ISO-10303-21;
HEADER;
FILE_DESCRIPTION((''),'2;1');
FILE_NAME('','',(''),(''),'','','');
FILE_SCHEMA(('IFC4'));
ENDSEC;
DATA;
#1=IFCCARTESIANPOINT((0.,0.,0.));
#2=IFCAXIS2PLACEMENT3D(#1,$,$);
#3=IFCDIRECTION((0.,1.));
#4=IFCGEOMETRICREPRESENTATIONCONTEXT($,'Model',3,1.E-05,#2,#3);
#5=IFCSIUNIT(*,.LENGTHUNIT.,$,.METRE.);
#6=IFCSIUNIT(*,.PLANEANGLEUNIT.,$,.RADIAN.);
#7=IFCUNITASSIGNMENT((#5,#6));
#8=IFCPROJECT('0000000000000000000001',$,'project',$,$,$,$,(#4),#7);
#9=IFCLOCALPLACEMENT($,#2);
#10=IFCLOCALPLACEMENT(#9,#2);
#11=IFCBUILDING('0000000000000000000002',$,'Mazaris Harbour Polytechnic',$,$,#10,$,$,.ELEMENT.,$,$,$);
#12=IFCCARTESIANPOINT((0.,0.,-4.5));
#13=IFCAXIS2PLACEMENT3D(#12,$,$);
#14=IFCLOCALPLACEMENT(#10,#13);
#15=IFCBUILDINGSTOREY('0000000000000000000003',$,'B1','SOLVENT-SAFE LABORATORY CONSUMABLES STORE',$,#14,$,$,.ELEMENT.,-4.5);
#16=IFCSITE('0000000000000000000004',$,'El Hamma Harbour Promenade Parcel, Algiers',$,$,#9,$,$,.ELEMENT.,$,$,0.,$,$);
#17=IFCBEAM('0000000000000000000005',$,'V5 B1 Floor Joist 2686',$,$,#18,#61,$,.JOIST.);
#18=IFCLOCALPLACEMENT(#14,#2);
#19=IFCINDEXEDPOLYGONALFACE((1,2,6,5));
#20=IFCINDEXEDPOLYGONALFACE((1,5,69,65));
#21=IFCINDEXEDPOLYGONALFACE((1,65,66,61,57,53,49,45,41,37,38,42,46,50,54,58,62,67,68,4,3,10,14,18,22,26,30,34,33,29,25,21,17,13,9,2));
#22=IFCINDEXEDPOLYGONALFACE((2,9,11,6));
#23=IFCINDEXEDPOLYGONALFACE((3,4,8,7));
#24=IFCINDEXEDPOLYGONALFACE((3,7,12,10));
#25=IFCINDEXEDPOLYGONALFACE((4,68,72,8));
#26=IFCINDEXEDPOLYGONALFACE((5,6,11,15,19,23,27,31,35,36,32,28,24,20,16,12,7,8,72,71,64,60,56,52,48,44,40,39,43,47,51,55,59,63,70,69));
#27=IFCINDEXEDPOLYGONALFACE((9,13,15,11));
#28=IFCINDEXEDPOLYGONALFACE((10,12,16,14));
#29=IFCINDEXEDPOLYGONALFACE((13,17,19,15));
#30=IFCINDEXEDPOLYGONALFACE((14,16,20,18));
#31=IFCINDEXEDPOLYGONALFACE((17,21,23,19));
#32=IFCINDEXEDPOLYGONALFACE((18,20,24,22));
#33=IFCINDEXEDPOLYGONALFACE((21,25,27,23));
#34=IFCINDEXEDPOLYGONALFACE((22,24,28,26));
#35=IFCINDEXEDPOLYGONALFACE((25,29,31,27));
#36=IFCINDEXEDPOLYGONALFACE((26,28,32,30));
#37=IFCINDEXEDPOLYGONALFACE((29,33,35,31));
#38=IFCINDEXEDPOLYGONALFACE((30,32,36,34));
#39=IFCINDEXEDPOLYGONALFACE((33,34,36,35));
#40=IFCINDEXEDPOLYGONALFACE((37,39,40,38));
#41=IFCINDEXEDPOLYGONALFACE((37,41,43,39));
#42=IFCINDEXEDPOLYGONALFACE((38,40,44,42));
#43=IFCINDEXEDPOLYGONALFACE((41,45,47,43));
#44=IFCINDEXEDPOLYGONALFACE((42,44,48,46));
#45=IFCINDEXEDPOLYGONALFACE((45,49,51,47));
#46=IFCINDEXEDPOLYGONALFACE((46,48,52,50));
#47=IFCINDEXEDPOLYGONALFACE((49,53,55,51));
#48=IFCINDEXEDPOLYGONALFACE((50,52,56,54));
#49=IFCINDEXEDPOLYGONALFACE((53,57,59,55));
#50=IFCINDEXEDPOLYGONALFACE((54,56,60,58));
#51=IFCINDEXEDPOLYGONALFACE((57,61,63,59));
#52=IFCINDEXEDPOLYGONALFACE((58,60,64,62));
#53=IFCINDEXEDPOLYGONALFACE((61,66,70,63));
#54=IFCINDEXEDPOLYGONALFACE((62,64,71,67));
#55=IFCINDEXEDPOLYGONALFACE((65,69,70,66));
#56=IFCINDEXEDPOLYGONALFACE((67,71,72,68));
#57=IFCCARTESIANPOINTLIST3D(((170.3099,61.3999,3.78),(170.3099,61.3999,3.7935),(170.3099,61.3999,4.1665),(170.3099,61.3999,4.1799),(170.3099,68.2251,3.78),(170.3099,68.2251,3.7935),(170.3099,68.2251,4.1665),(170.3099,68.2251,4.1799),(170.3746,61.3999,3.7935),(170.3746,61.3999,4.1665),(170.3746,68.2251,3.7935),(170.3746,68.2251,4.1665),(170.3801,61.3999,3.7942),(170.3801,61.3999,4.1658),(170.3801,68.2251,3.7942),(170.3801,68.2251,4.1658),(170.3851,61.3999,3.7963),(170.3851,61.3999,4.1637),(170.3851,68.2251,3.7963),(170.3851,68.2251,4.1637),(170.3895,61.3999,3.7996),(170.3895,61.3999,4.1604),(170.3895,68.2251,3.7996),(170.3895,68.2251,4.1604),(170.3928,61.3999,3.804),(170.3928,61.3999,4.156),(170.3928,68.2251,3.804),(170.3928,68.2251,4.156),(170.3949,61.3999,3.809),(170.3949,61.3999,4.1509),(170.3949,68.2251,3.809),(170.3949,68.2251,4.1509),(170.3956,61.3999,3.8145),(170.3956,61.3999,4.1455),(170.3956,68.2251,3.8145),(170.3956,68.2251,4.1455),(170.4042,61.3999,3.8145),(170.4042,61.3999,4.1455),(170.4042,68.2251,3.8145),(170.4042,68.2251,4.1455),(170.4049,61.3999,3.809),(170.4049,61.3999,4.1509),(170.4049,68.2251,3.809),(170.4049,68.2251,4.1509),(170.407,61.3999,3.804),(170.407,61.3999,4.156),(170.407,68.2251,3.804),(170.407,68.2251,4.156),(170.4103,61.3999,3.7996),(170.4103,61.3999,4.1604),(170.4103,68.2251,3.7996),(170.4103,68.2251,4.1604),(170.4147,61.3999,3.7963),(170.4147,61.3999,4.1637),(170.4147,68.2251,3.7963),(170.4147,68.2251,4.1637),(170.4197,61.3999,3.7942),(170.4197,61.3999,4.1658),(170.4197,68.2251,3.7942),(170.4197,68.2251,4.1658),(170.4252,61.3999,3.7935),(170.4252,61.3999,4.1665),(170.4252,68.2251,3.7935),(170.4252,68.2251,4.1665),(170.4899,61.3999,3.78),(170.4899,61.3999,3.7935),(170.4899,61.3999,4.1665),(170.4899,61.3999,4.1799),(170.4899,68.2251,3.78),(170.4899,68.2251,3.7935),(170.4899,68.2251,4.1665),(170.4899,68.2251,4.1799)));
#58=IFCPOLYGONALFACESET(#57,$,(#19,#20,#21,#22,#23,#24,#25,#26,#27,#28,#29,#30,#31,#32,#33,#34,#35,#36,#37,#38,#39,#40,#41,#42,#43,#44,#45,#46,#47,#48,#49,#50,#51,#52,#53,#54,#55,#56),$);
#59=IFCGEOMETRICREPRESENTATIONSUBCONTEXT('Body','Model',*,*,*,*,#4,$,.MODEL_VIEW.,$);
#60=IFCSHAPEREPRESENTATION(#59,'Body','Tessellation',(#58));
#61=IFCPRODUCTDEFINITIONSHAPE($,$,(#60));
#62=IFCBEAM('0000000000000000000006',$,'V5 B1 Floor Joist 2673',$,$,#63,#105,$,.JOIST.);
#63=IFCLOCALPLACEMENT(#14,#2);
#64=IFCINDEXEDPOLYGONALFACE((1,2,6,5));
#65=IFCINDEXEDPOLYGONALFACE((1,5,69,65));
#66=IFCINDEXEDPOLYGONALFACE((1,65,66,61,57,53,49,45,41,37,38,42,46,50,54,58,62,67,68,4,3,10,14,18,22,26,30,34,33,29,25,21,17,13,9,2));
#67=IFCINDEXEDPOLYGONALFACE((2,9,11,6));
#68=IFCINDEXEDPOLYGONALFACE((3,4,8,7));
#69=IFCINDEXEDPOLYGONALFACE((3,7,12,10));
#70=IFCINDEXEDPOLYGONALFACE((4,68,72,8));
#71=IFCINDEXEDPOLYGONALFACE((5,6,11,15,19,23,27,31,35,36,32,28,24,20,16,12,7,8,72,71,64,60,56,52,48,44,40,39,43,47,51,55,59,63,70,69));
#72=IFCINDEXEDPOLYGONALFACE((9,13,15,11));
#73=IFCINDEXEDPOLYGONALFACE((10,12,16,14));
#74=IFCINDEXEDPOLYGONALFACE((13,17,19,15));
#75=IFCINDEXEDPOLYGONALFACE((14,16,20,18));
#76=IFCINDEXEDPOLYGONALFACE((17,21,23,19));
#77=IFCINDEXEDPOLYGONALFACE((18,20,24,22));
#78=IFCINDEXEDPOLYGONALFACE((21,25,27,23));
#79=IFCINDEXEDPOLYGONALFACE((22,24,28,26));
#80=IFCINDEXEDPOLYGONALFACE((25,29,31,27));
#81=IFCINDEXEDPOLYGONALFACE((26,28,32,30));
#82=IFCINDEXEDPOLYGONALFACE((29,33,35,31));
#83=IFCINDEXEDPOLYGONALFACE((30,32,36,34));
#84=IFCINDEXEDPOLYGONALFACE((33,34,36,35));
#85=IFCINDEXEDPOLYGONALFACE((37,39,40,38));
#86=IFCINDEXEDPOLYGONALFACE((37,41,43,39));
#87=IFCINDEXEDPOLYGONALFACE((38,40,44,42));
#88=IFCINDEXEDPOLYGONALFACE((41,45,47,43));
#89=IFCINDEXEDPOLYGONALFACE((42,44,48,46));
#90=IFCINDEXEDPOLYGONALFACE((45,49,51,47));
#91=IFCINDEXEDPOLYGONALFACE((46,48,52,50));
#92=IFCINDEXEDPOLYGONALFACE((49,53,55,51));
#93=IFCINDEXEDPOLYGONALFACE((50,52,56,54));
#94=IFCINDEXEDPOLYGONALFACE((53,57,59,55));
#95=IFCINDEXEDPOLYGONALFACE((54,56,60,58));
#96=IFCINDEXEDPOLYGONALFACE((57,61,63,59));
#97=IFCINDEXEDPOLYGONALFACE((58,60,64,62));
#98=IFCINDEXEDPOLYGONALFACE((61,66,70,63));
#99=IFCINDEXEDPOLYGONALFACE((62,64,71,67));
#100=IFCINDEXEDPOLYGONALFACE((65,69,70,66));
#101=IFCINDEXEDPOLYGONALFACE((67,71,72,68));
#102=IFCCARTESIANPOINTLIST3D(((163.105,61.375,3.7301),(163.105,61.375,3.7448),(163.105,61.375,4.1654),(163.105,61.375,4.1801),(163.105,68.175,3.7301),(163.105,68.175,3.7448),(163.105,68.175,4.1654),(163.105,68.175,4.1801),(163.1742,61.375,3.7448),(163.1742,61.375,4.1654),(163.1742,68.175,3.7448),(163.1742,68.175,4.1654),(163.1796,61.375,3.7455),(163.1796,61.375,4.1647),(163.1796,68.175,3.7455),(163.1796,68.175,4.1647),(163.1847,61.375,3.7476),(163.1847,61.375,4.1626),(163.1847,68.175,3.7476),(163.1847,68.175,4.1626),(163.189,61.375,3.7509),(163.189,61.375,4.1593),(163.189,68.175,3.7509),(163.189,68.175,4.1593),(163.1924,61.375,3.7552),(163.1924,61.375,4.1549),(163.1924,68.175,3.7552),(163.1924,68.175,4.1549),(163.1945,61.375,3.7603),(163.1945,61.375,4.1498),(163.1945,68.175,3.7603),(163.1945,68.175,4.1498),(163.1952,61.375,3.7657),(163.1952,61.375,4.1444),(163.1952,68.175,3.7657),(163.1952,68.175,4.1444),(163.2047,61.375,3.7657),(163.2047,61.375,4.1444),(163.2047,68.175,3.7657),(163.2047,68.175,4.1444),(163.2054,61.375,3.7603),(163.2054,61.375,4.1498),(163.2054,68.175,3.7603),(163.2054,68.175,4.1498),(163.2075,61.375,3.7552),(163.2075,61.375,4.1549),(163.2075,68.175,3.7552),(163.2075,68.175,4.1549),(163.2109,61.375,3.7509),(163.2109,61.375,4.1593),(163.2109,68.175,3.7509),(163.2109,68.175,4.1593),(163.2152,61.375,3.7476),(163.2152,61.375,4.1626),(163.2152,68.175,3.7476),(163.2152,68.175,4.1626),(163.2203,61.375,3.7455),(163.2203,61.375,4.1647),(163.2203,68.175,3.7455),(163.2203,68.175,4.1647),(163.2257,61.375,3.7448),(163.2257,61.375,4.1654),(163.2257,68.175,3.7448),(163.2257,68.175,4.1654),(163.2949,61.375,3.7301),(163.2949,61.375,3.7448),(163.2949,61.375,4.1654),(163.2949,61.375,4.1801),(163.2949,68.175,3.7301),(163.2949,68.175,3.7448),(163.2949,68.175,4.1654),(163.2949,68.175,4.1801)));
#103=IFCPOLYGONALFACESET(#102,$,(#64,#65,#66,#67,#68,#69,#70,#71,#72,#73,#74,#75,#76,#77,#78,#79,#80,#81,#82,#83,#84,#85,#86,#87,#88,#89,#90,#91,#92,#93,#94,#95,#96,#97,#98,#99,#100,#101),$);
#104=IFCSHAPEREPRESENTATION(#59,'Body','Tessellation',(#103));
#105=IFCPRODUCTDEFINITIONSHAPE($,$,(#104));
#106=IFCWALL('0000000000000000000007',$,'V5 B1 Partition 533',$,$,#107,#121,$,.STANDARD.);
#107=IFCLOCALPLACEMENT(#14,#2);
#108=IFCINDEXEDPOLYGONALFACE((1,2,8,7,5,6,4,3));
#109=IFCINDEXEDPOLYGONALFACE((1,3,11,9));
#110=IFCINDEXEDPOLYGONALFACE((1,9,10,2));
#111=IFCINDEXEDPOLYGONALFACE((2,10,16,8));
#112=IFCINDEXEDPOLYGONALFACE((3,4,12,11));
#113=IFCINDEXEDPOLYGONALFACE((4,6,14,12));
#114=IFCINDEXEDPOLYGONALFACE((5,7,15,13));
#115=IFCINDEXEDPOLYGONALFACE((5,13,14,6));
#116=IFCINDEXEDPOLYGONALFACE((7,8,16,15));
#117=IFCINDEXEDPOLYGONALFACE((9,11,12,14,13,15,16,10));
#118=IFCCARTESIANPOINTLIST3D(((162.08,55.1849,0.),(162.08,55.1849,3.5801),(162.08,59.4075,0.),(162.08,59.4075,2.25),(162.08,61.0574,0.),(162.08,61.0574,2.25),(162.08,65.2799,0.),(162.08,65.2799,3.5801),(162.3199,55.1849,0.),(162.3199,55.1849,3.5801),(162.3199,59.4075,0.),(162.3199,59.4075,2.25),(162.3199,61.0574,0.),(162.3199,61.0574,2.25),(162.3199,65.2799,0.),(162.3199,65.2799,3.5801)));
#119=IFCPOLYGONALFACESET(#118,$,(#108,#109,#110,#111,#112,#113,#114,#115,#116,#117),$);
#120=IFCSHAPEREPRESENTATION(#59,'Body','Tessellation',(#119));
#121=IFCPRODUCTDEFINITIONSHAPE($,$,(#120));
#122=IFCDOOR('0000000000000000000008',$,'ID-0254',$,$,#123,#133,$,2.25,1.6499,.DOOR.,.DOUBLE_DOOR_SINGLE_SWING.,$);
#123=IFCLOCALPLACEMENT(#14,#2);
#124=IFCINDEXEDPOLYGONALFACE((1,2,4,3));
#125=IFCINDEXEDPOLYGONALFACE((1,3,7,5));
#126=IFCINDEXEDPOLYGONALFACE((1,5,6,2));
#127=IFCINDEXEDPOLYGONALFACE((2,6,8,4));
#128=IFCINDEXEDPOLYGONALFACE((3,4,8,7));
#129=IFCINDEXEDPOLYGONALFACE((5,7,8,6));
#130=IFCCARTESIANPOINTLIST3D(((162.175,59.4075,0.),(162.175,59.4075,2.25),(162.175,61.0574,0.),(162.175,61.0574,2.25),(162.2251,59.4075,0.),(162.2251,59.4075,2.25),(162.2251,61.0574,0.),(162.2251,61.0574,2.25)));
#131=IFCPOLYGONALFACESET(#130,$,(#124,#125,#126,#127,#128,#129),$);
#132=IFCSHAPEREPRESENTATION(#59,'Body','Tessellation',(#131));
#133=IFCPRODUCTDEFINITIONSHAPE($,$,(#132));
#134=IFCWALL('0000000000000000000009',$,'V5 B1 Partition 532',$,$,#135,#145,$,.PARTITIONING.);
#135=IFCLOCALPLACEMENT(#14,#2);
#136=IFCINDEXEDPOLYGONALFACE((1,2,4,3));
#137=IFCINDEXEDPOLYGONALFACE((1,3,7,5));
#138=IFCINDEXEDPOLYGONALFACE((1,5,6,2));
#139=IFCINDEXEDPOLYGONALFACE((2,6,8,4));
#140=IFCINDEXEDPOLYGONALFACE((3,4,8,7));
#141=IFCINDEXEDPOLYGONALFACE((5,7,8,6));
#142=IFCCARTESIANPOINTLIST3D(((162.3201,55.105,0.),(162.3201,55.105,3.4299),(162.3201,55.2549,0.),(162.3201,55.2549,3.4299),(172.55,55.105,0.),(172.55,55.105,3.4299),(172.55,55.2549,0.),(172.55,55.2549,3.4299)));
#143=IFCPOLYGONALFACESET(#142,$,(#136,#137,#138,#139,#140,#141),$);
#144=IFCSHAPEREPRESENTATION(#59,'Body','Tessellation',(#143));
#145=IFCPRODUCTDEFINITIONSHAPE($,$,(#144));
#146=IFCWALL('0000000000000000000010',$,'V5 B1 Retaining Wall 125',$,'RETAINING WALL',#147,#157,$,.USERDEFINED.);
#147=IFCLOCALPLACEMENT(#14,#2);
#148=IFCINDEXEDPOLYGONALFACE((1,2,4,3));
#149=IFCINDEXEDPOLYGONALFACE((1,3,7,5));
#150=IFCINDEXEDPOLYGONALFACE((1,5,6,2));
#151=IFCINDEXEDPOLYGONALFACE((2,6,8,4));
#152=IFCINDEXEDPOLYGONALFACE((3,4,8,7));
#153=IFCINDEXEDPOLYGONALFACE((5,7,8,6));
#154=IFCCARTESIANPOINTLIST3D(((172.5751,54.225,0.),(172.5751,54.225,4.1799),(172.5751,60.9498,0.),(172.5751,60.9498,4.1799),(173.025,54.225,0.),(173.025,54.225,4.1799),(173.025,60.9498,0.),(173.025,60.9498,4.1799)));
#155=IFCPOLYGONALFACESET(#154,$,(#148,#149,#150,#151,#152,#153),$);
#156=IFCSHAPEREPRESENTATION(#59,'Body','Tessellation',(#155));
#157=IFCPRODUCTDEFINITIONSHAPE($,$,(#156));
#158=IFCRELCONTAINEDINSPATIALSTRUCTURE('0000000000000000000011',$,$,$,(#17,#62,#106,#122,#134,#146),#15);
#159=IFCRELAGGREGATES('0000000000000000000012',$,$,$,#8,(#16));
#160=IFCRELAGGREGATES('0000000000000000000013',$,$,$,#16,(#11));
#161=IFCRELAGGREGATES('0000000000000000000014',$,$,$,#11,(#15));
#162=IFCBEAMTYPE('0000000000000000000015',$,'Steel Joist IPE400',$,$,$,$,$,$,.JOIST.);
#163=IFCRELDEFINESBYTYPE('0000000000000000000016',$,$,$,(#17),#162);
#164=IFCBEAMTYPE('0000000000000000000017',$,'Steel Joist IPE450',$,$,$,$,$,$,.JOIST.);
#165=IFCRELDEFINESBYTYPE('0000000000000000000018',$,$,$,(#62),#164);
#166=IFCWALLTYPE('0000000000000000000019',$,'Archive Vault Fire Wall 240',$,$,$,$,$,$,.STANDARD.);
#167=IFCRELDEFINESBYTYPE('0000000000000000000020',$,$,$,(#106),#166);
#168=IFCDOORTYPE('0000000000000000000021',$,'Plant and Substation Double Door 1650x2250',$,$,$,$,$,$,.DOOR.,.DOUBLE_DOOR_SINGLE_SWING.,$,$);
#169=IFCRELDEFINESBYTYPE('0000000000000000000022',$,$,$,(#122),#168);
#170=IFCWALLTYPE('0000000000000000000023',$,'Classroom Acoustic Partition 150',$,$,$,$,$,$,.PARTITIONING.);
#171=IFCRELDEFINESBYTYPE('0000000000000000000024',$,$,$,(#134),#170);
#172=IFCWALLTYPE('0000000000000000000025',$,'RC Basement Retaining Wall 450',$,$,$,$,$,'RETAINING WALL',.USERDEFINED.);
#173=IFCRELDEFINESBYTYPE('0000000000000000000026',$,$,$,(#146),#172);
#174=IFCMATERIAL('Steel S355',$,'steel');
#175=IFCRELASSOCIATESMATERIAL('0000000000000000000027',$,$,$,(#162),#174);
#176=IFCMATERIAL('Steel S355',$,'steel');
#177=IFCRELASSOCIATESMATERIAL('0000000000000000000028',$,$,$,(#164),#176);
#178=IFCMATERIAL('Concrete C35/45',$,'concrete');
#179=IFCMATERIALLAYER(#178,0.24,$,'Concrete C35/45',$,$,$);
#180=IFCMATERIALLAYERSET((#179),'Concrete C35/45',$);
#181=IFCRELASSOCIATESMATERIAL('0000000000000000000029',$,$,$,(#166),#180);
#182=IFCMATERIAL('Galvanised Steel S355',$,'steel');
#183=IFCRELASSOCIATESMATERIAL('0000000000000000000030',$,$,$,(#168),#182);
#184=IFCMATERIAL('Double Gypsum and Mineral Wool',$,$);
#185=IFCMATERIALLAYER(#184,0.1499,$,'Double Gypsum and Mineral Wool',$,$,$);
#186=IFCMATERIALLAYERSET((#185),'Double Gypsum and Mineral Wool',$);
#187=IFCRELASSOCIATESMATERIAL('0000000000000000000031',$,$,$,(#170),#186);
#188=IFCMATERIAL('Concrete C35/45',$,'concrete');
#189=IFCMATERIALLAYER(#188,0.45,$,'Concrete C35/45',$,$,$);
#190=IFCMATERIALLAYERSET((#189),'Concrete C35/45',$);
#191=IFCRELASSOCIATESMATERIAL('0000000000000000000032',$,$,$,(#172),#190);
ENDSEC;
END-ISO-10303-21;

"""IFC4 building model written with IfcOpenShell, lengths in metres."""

from ifc_helpers import new_model, si_unit, direction, frame, frame_2d, origin, origin_2d, place, context, subcontext, project, spatial, rectangle, i_section, extrude, material, layer, layer_set, material_profile, profile_set, type_object, element, fill, save


model = new_model("IFC4")

# Units and contexts
model_context = context("Model", 3, precision=1e-05, world=origin(), true_north=direction((0.0, 1.0)))
body_context = subcontext(model_context, "Body", "Model", "MODEL_VIEW")
ifc_project = project(units=[si_unit("LENGTHUNIT", "METRE"), si_unit("PLANEANGLEUNIT", "RADIAN")], contexts=[model_context])

# Site, building, storey
site_placement = place(None, origin())
site = spatial("IfcSite", under=ifc_project, at=site_placement, Name="El Hamma Harbour Promenade Parcel, Algiers", CompositionType="ELEMENT", RefElevation=0.0)
building_placement = place(site_placement, origin())
building = spatial("IfcBuilding", under=site, at=building_placement, Name="Mazaris Harbour Polytechnic", CompositionType="ELEMENT")
storey_placement = place(building_placement, frame((0.0, 0.0, -4.5)))
storey = spatial("IfcBuildingStorey", under=building, at=storey_placement, Name="B1", Description="SOLVENT-SAFE LABORATORY CONSUMABLES STORE", CompositionType="ELEMENT", Elevation=-4.5)

# Beams
ifc_material_1 = material(Name="Steel S355", Category="steel")
ifc_material_profile_1 = material_profile(ifc_material_1, i_section(OverallWidth=0.1799, OverallDepth=0.3999, WebThickness=0.0085, FlangeThickness=0.0134, FilletRadius=0.021, at=origin_2d()), Name="IPE 400")
ifc_profile_set_1 = profile_set([ifc_material_profile_1], Name="Steel S355")
beam_type_1 = type_object("IfcBeamType", Name="Steel Joist IPE400", PredefinedType="JOIST", material=ifc_profile_set_1)
beam_1_placement = place(storey_placement, frame((170.3999, 61.3999, 3.98), z_axis=(0.0, 1.0, 0.0), x_axis=(-1.0, 0.0, 0.0)))
element("IfcBeam", 1, at=beam_1_placement, inside=storey, type_object=beam_type_1, Name="V5 B1 Floor Joist 2686", PredefinedType="JOIST", context=body_context, shape_type="SweptSolid", body=[
    extrude(i_section(OverallWidth=0.1799, OverallDepth=0.3999, WebThickness=0.0085, FlangeThickness=0.0134, FilletRadius=0.021, at=origin_2d()), origin(), (0.0, 0.0, 1.0), 6.8252),
])
ifc_material_2 = material(Name="Steel S355", Category="steel")
ifc_material_profile_2 = material_profile(ifc_material_2, i_section(OverallWidth=0.1899, OverallDepth=0.45, WebThickness=0.0095, FlangeThickness=0.0146, FilletRadius=0.021, at=origin_2d()), Name="IPE 450")
ifc_profile_set_2 = profile_set([ifc_material_profile_2], Name="Steel S355")
beam_type_2 = type_object("IfcBeamType", Name="Steel Joist IPE450", PredefinedType="JOIST", material=ifc_profile_set_2)
beam_2_placement = place(storey_placement, frame((163.2, 61.375, 3.9551), z_axis=(0.0, 1.0, 0.0), x_axis=(-1.0, 0.0, 0.0)))
element("IfcBeam", 2, at=beam_2_placement, inside=storey, type_object=beam_type_2, Name="V5 B1 Floor Joist 2673", PredefinedType="JOIST", context=body_context, shape_type="SweptSolid", body=[
    extrude(i_section(OverallWidth=0.1899, OverallDepth=0.45, WebThickness=0.0095, FlangeThickness=0.0146, FilletRadius=0.021, at=origin_2d()), origin(), (0.0, 0.0, 1.0), 6.8),
])

# Wall, opening, door
ifc_material_3 = material(Name="Concrete C35/45", Category="concrete")
ifc_layer_1 = layer(ifc_material_3, 0.24, Name="Concrete C35/45")
ifc_layer_set_1 = layer_set([ifc_layer_1], Name="Concrete C35/45")
wall_type_1 = type_object("IfcWallType", Name="Archive Vault Fire Wall 240", PredefinedType="STANDARD", material=ifc_layer_set_1)
wall_1_placement = place(storey_placement, frame((162.2, 55.1851, 0.0), z_axis=(0.0, 0.0, 1.0), x_axis=(0.0, 1.0, 0.0)))
wall_1 = element("IfcWall", 3, at=wall_1_placement, inside=storey, type_object=wall_type_1, Name="V5 B1 Partition 533", PredefinedType="STANDARD", context=body_context, shape_type="SweptSolid", body=[
    extrude(rectangle(XDim=10.095, YDim=0.24, at=frame_2d((5.0474, 0.0))), origin(), (0.0, 0.0, 1.0), 3.5801),
])
opening_placement = place(wall_1_placement, frame((4.2224, 0.0, 0.0)))
opening = element("IfcOpeningElement", 4, at=opening_placement, cuts=wall_1, PredefinedType="OPENING", context=body_context, shape_type="SweptSolid", body=[
    extrude(rectangle(XDim=1.6499, YDim=2.25, at=frame_2d((0.825, 1.125))), frame((0.0, 0.1299, 0.0), z_axis=(0.0, -1.0, 0.0), x_axis=(1.0, 0.0, 0.0)), (0.0, 0.0, 1.0), 0.26),
])
ifc_material_4 = material(Name="Galvanised Steel S355", Category="steel")
door_type = type_object("IfcDoorType", Name="Plant and Substation Double Door 1650x2250", OperationType="DOUBLE_DOOR_SINGLE_SWING", PredefinedType="DOOR", material=ifc_material_4)
door_placement = place(opening_placement, origin())
door = element("IfcDoor", 5, at=door_placement, inside=storey, type_object=door_type, Name="ID-0254", OperationType="DOUBLE_DOOR_SINGLE_SWING", OverallHeight=2.25, OverallWidth=1.6499, PredefinedType="DOOR", context=body_context, shape_type="SweptSolid", body=[
    extrude(rectangle(XDim=1.6499, YDim=2.25, at=frame_2d((0.825, 1.125))), frame((0.0, 0.0249, 0.0), z_axis=(0.0, -1.0, 0.0), x_axis=(1.0, 0.0, 0.0)), (0.0, 0.0, 1.0), 0.05),
])
fill(opening, door)

# Walls
ifc_material_5 = material(Name="Double Gypsum and Mineral Wool")
ifc_layer_2 = layer(ifc_material_5, 0.1499, Name="Double Gypsum and Mineral Wool")
ifc_layer_set_2 = layer_set([ifc_layer_2], Name="Double Gypsum and Mineral Wool")
wall_type_2 = type_object("IfcWallType", Name="Classroom Acoustic Partition 150", PredefinedType="PARTITIONING", material=ifc_layer_set_2)
wall_2_placement = place(storey_placement, frame((162.3201, 55.1799, 0.0), z_axis=(0.0, 0.0, 1.0), x_axis=(1.0, 0.0, 0.0)))
element("IfcWall", 6, at=wall_2_placement, inside=storey, type_object=wall_type_2, Name="V5 B1 Partition 532", PredefinedType="PARTITIONING", context=body_context, shape_type="SweptSolid", body=[
    extrude(rectangle(XDim=10.23, YDim=0.1499, at=frame_2d((5.115, 0.0))), origin(), (0.0, 0.0, 1.0), 3.4299),
])
ifc_material_6 = material(Name="Concrete C35/45", Category="concrete")
ifc_layer_3 = layer(ifc_material_6, 0.45, Name="Concrete C35/45")
ifc_layer_set_3 = layer_set([ifc_layer_3], Name="Concrete C35/45")
wall_type_3 = type_object("IfcWallType", Name="RC Basement Retaining Wall 450", ElementType="RETAINING WALL", PredefinedType="USERDEFINED", material=ifc_layer_set_3)
wall_3_placement = place(storey_placement, frame((172.8, 54.2251, 0.0), z_axis=(0.0, 0.0, 1.0), x_axis=(0.0, 1.0, 0.0)))
element("IfcWall", 7, at=wall_3_placement, inside=storey, type_object=wall_type_3, Name="V5 B1 Retaining Wall 125", ObjectType="RETAINING WALL", PredefinedType="USERDEFINED", context=body_context, shape_type="SweptSolid", body=[
    extrude(rectangle(XDim=6.7249, YDim=0.45, at=frame_2d((3.3623, 0.0))), origin(), (0.0, 0.0, 1.0), 4.1799),
])

save(model, "model.ifc")
